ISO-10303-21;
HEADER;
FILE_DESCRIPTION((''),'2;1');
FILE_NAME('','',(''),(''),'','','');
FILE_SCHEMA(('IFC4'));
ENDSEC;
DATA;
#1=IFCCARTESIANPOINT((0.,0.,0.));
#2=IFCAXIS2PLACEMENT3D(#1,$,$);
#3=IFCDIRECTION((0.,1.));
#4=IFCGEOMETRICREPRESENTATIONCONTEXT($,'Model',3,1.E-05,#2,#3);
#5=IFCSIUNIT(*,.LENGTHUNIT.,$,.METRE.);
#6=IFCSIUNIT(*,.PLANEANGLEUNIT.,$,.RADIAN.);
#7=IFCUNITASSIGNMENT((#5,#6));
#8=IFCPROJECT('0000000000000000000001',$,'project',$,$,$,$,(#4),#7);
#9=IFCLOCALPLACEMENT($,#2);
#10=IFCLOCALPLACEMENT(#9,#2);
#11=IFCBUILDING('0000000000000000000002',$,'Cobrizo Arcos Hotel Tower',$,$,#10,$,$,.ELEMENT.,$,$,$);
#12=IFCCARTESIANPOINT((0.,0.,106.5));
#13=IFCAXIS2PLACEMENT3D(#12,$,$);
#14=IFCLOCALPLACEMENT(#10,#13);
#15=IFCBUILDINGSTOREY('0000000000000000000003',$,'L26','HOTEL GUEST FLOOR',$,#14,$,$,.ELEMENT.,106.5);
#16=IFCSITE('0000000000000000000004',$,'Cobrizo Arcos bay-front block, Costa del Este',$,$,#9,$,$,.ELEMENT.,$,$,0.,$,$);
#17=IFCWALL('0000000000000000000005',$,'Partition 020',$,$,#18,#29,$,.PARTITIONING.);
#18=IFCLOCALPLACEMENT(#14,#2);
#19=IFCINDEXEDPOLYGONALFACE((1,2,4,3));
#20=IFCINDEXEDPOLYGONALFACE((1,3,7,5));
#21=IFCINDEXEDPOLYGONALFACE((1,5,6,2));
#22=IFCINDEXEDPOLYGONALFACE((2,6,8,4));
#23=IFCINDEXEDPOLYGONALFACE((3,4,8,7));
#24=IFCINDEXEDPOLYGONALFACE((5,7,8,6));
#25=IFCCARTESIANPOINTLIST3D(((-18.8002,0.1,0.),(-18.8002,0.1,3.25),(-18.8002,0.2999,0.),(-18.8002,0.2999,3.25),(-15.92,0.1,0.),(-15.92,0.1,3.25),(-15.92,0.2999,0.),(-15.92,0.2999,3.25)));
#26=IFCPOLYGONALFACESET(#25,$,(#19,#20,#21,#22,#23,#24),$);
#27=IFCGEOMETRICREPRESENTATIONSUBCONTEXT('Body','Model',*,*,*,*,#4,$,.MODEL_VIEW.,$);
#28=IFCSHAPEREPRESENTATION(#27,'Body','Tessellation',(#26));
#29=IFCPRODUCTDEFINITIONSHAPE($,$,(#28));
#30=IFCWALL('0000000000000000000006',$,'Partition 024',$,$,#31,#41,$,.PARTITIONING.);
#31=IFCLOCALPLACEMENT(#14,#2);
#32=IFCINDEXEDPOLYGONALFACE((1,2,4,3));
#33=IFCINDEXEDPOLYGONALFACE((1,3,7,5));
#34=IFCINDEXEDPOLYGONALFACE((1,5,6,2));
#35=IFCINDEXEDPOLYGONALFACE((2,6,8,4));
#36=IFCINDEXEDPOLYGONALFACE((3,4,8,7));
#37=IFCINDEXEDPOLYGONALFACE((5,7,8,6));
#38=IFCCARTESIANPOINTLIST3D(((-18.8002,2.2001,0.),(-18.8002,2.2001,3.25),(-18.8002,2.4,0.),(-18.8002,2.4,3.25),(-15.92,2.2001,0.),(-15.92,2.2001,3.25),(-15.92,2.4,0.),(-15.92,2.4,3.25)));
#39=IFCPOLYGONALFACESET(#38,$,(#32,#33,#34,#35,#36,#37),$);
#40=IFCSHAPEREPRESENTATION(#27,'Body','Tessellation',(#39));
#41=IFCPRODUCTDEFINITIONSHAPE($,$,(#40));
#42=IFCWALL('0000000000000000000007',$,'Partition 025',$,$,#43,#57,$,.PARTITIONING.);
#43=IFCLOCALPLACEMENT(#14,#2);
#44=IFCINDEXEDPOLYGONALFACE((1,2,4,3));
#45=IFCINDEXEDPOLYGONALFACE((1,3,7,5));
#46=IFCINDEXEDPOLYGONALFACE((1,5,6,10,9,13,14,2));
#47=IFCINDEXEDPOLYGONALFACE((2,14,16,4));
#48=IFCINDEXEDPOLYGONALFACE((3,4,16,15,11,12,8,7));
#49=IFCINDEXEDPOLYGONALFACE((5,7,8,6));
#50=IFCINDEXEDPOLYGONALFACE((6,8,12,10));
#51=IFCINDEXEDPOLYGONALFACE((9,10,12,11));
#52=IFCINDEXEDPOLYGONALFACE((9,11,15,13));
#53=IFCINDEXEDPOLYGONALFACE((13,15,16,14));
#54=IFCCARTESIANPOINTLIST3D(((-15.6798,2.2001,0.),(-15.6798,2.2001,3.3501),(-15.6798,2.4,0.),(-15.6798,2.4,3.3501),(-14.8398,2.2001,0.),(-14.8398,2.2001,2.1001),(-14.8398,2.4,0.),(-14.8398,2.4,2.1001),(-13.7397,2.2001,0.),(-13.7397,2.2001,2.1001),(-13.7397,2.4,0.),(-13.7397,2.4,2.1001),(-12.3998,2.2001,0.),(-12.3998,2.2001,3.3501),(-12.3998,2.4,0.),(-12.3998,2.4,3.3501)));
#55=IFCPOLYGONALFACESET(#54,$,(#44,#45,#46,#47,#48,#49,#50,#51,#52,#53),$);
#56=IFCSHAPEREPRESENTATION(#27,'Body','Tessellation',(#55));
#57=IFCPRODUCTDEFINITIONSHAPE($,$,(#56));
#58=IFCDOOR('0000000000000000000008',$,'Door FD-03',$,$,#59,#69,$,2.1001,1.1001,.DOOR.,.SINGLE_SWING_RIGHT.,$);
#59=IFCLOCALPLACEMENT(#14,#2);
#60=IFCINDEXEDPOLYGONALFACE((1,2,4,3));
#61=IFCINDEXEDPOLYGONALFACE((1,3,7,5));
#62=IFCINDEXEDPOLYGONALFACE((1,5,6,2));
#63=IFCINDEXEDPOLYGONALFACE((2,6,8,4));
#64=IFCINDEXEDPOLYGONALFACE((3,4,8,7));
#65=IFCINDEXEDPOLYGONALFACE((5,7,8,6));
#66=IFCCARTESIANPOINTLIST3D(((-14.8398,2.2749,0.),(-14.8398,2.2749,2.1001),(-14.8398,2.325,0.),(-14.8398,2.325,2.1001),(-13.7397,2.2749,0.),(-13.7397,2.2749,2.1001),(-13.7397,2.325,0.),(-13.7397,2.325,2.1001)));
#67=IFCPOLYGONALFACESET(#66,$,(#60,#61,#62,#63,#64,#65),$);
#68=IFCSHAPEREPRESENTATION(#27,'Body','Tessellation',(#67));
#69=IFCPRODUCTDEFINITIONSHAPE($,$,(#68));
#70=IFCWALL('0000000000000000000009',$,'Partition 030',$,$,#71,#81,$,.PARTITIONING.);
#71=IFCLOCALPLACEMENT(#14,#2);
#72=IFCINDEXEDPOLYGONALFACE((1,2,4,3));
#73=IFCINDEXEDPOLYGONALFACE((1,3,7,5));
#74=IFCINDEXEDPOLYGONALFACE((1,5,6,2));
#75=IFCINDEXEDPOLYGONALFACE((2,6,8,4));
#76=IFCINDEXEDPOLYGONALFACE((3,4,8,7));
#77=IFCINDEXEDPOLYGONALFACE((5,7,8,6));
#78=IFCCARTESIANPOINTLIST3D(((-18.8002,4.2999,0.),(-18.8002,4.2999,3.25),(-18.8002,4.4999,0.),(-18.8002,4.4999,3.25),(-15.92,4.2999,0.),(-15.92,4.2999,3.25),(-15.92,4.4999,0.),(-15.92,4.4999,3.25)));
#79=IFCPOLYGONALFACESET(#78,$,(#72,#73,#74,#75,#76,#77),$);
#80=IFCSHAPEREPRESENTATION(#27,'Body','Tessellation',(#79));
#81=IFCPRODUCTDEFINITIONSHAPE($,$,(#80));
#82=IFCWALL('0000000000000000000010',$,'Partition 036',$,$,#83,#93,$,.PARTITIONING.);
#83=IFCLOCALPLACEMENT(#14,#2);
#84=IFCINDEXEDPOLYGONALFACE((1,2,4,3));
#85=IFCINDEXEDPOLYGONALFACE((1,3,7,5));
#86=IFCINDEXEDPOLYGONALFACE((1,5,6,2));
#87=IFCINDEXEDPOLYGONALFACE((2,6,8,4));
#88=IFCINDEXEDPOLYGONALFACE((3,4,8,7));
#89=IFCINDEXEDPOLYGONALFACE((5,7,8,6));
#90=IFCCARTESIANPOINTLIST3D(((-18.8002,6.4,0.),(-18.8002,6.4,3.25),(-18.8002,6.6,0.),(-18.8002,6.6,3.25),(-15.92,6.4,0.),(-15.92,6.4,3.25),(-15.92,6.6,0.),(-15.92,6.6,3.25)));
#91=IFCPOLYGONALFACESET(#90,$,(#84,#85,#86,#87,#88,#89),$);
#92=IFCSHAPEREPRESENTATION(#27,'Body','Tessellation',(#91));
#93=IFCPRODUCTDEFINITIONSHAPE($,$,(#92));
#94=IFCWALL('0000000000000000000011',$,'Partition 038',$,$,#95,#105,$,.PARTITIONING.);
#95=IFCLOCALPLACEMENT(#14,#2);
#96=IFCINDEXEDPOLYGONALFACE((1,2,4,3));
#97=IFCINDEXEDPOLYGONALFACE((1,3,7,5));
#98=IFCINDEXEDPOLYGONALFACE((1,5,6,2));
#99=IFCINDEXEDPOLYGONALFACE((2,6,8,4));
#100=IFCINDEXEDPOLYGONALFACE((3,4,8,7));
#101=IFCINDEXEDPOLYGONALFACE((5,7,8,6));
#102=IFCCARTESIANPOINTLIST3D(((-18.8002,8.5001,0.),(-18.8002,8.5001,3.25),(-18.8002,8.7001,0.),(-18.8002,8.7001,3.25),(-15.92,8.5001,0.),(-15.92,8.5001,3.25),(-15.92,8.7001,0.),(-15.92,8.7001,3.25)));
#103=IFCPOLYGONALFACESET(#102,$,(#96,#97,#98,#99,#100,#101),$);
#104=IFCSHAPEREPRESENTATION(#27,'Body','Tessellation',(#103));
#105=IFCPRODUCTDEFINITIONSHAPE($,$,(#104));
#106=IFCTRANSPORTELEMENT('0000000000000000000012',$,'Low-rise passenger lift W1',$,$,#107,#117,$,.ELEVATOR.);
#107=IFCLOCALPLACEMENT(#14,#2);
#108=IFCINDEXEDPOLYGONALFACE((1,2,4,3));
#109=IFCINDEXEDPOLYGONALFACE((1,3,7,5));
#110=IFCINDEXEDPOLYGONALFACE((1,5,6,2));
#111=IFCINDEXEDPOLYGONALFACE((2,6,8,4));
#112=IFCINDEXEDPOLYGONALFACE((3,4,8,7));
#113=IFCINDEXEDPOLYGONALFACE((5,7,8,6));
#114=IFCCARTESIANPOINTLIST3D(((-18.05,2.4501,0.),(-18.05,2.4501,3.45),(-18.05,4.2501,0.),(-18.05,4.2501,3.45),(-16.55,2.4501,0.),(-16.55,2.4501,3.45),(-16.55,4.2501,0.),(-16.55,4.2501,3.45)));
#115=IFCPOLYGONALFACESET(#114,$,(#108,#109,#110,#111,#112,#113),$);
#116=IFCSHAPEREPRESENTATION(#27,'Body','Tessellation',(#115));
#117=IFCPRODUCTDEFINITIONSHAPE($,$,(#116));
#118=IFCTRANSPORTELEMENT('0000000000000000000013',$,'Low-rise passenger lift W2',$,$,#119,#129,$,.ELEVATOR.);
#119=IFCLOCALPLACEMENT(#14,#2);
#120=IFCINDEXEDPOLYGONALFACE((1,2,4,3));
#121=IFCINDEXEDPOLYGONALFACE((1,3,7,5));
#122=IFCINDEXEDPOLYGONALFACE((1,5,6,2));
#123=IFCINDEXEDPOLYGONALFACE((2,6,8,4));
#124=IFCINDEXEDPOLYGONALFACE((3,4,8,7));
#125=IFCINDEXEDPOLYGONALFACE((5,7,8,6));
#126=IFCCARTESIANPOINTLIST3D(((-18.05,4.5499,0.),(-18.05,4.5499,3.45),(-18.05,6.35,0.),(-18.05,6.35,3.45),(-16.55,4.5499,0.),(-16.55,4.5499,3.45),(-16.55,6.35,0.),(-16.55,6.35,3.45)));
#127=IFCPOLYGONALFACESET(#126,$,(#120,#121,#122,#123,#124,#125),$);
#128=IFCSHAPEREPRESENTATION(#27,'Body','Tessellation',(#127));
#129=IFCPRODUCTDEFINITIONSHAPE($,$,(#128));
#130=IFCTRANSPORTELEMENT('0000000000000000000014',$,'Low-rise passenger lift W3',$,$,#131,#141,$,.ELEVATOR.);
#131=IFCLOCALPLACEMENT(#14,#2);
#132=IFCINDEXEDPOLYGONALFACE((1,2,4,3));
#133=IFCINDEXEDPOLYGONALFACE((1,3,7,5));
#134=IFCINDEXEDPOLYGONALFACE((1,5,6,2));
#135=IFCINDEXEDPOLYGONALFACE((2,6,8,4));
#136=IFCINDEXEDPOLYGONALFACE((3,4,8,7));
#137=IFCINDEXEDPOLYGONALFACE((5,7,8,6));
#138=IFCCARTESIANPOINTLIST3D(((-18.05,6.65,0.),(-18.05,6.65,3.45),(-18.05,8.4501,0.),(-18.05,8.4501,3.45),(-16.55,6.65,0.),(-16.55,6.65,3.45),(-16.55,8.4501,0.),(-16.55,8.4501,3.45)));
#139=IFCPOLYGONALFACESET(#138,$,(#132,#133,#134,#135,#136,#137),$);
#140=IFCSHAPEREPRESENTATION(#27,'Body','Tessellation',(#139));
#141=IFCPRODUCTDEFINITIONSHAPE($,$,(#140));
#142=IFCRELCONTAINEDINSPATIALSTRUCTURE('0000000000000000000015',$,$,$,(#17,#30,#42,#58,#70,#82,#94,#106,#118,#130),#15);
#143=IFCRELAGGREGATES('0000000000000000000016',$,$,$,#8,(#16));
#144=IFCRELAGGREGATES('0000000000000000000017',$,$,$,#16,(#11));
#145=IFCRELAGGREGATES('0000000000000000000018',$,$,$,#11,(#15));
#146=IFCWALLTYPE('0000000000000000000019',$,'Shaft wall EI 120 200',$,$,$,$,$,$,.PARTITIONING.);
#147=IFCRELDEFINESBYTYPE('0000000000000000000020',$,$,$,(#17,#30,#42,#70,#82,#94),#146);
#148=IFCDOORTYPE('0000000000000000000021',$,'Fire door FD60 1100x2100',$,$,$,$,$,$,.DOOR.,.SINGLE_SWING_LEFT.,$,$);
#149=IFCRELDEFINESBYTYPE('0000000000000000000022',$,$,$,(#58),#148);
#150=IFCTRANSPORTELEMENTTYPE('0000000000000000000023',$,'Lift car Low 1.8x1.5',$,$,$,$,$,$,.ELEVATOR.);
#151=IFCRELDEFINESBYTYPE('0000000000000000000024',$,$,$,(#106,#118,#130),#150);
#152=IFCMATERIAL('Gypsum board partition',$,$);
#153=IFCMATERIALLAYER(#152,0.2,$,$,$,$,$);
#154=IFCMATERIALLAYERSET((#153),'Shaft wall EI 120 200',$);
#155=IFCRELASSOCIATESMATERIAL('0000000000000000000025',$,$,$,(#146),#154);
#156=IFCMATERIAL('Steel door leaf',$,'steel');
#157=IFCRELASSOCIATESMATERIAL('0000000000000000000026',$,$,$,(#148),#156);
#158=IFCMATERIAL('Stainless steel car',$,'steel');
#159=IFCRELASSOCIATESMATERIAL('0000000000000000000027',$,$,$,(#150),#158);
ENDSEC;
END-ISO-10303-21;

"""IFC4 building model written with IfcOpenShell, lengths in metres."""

from ifc_helpers import new_model, si_unit, direction, frame, frame_2d, origin, origin_2d, place, context, subcontext, project, spatial, rectangle, extrude, material, layer, layer_set, type_object, element, fill, save


model = new_model("IFC4")

# Units and contexts
model_context = context("Model", 3, precision=1e-05, world=origin(), true_north=direction((0.0, 1.0)))
body_context = subcontext(model_context, "Body", "Model", "MODEL_VIEW")
ifc_project = project(units=[si_unit("LENGTHUNIT", "METRE"), si_unit("PLANEANGLEUNIT", "RADIAN")], contexts=[model_context])

# Site, building, storey
site_placement = place(None, origin())
site = spatial("IfcSite", under=ifc_project, at=site_placement, Name="Cobrizo Arcos bay-front block, Costa del Este", CompositionType="ELEMENT", RefElevation=0.0)
building_placement = place(site_placement, origin())
building = spatial("IfcBuilding", under=site, at=building_placement, Name="Cobrizo Arcos Hotel Tower", CompositionType="ELEMENT")
storey_placement = place(building_placement, frame((0.0, 0.0, 106.5)))
storey = spatial("IfcBuildingStorey", under=building, at=storey_placement, Name="L26", Description="HOTEL GUEST FLOOR", CompositionType="ELEMENT", Elevation=106.5)

# Shared definitions
ifc_material_1 = material(Name="Gypsum board partition")

# Walls
ifc_layer_1 = layer(ifc_material_1, 0.2)
ifc_layer_set_1 = layer_set([ifc_layer_1], Name="Shaft wall EI 120 200")
wall_type_1 = type_object("IfcWallType", Name="Shaft wall EI 120 200", PredefinedType="PARTITIONING", material=ifc_layer_set_1)
for number, where, z_axis, x_axis, name in (
    (1, (-18.8, 0.2, 0.0), (0.0, 0.0, 1.0), (1.0, 0.0, 0.0), "Partition 020"),
    (2, (-18.8, 2.3, 0.0), (0.0, 0.0, 1.0), (1.0, 0.0, 0.0), "Partition 024"),
):
    element("IfcWall", number, at=place(storey_placement, frame(where, z_axis=z_axis, x_axis=x_axis)), inside=storey, type_object=wall_type_1, Name=name, PredefinedType="PARTITIONING", context=body_context, shape_type="SweptSolid", body=[
        extrude(rectangle(XDim=2.8801, YDim=0.2, at=frame_2d((1.4399, 0.0))), origin(), (0.0, 0.0, 1.0), 3.25),
    ])

# Wall, opening, door
wall_1_placement = place(storey_placement, frame((-15.6799, 2.3, 0.0), z_axis=(0.0, 0.0, 1.0), x_axis=(1.0, 0.0, 0.0)))
wall_1 = element("IfcWall", 3, at=wall_1_placement, inside=storey, type_object=wall_type_1, Name="Partition 025", PredefinedType="PARTITIONING", context=body_context, shape_type="SweptSolid", body=[
    extrude(rectangle(XDim=3.28, YDim=0.2, at=frame_2d((1.6401, 0.0))), origin(), (0.0, 0.0, 1.0), 3.3501),
])
opening_1_placement = place(wall_1_placement, frame((0.8401, 0.0, 0.0)))
opening_1 = element("IfcOpeningElement", 4, at=opening_1_placement, cuts=wall_1, PredefinedType="OPENING", context=body_context, shape_type="SweptSolid", body=[
    extrude(rectangle(XDim=1.1001, YDim=2.1001, at=frame_2d((0.55, 1.05))), frame((0.0, 0.1121, 0.0), z_axis=(0.0, -1.0, 0.0), x_axis=(1.0, 0.0, 0.0)), (0.0, 0.0, 1.0), 0.2239),
])
ifc_material_2 = material(Name="Steel door leaf", Category="steel")
door_type_1 = type_object("IfcDoorType", Name="Fire door FD60 1100x2100", OperationType="SINGLE_SWING_LEFT", PredefinedType="DOOR", material=ifc_material_2)
door_1_placement = place(opening_1_placement, origin())
door_1 = element("IfcDoor", 5, at=door_1_placement, inside=storey, type_object=door_type_1, Name="Door FD-03", OperationType="SINGLE_SWING_RIGHT", OverallHeight=2.1001, OverallWidth=1.1001, PredefinedType="DOOR", context=body_context, shape_type="SweptSolid", body=[
    extrude(rectangle(XDim=1.1001, YDim=2.1001, at=frame_2d((0.55, 1.05))), frame((0.0, 0.0249, 0.0), z_axis=(0.0, -1.0, 0.0), x_axis=(1.0, 0.0, 0.0)), (0.0, 0.0, 1.0), 0.05),
])
fill(opening_1, door_1)

# Walls
for number, where, z_axis, x_axis, name in (
    (6, (-18.8, 4.3999, 0.0), (0.0, 0.0, 1.0), (1.0, 0.0, 0.0), "Partition 030"),
    (7, (-18.8, 6.5, 0.0), (0.0, 0.0, 1.0), (1.0, 0.0, 0.0), "Partition 036"),
    (8, (-18.8, 8.6001, 0.0), (0.0, 0.0, 1.0), (1.0, 0.0, 0.0), "Partition 038"),
):
    element("IfcWall", number, at=place(storey_placement, frame(where, z_axis=z_axis, x_axis=x_axis)), inside=storey, type_object=wall_type_1, Name=name, PredefinedType="PARTITIONING", context=body_context, shape_type="SweptSolid", body=[
        extrude(rectangle(XDim=2.8801, YDim=0.2, at=frame_2d((1.4399, 0.0))), origin(), (0.0, 0.0, 1.0), 3.25),
    ])

# Transport elements
ifc_material_3 = material(Name="Stainless steel car", Category="steel")
transport_element_type = type_object("IfcTransportElementType", Name="Lift car Low 1.8x1.5", PredefinedType="ELEVATOR", material=ifc_material_3)
for number, where, z_axis, x_axis, name in (
    (9, (-17.3, 3.3501, 0.0), (0.0, 0.0, 1.0), (1.0, 0.0, 0.0), "Low-rise passenger lift W1"),
    (10, (-17.3, 5.45, 0.0), (0.0, 0.0, 1.0), (1.0, 0.0, 0.0), "Low-rise passenger lift W2"),
    (11, (-17.3, 7.55, 0.0), (0.0, 0.0, 1.0), (1.0, 0.0, 0.0), "Low-rise passenger lift W3"),
):
    element("IfcTransportElement", number, at=place(storey_placement, frame(where, z_axis=z_axis, x_axis=x_axis)), inside=storey, type_object=transport_element_type, Name=name, PredefinedType="ELEVATOR", context=body_context, shape_type="SweptSolid", body=[
        extrude(rectangle(XDim=1.5, YDim=1.8, at=origin_2d()), origin(), (0.0, 0.0, 1.0), 3.45),
    ])

save(model, "model.ifc")
